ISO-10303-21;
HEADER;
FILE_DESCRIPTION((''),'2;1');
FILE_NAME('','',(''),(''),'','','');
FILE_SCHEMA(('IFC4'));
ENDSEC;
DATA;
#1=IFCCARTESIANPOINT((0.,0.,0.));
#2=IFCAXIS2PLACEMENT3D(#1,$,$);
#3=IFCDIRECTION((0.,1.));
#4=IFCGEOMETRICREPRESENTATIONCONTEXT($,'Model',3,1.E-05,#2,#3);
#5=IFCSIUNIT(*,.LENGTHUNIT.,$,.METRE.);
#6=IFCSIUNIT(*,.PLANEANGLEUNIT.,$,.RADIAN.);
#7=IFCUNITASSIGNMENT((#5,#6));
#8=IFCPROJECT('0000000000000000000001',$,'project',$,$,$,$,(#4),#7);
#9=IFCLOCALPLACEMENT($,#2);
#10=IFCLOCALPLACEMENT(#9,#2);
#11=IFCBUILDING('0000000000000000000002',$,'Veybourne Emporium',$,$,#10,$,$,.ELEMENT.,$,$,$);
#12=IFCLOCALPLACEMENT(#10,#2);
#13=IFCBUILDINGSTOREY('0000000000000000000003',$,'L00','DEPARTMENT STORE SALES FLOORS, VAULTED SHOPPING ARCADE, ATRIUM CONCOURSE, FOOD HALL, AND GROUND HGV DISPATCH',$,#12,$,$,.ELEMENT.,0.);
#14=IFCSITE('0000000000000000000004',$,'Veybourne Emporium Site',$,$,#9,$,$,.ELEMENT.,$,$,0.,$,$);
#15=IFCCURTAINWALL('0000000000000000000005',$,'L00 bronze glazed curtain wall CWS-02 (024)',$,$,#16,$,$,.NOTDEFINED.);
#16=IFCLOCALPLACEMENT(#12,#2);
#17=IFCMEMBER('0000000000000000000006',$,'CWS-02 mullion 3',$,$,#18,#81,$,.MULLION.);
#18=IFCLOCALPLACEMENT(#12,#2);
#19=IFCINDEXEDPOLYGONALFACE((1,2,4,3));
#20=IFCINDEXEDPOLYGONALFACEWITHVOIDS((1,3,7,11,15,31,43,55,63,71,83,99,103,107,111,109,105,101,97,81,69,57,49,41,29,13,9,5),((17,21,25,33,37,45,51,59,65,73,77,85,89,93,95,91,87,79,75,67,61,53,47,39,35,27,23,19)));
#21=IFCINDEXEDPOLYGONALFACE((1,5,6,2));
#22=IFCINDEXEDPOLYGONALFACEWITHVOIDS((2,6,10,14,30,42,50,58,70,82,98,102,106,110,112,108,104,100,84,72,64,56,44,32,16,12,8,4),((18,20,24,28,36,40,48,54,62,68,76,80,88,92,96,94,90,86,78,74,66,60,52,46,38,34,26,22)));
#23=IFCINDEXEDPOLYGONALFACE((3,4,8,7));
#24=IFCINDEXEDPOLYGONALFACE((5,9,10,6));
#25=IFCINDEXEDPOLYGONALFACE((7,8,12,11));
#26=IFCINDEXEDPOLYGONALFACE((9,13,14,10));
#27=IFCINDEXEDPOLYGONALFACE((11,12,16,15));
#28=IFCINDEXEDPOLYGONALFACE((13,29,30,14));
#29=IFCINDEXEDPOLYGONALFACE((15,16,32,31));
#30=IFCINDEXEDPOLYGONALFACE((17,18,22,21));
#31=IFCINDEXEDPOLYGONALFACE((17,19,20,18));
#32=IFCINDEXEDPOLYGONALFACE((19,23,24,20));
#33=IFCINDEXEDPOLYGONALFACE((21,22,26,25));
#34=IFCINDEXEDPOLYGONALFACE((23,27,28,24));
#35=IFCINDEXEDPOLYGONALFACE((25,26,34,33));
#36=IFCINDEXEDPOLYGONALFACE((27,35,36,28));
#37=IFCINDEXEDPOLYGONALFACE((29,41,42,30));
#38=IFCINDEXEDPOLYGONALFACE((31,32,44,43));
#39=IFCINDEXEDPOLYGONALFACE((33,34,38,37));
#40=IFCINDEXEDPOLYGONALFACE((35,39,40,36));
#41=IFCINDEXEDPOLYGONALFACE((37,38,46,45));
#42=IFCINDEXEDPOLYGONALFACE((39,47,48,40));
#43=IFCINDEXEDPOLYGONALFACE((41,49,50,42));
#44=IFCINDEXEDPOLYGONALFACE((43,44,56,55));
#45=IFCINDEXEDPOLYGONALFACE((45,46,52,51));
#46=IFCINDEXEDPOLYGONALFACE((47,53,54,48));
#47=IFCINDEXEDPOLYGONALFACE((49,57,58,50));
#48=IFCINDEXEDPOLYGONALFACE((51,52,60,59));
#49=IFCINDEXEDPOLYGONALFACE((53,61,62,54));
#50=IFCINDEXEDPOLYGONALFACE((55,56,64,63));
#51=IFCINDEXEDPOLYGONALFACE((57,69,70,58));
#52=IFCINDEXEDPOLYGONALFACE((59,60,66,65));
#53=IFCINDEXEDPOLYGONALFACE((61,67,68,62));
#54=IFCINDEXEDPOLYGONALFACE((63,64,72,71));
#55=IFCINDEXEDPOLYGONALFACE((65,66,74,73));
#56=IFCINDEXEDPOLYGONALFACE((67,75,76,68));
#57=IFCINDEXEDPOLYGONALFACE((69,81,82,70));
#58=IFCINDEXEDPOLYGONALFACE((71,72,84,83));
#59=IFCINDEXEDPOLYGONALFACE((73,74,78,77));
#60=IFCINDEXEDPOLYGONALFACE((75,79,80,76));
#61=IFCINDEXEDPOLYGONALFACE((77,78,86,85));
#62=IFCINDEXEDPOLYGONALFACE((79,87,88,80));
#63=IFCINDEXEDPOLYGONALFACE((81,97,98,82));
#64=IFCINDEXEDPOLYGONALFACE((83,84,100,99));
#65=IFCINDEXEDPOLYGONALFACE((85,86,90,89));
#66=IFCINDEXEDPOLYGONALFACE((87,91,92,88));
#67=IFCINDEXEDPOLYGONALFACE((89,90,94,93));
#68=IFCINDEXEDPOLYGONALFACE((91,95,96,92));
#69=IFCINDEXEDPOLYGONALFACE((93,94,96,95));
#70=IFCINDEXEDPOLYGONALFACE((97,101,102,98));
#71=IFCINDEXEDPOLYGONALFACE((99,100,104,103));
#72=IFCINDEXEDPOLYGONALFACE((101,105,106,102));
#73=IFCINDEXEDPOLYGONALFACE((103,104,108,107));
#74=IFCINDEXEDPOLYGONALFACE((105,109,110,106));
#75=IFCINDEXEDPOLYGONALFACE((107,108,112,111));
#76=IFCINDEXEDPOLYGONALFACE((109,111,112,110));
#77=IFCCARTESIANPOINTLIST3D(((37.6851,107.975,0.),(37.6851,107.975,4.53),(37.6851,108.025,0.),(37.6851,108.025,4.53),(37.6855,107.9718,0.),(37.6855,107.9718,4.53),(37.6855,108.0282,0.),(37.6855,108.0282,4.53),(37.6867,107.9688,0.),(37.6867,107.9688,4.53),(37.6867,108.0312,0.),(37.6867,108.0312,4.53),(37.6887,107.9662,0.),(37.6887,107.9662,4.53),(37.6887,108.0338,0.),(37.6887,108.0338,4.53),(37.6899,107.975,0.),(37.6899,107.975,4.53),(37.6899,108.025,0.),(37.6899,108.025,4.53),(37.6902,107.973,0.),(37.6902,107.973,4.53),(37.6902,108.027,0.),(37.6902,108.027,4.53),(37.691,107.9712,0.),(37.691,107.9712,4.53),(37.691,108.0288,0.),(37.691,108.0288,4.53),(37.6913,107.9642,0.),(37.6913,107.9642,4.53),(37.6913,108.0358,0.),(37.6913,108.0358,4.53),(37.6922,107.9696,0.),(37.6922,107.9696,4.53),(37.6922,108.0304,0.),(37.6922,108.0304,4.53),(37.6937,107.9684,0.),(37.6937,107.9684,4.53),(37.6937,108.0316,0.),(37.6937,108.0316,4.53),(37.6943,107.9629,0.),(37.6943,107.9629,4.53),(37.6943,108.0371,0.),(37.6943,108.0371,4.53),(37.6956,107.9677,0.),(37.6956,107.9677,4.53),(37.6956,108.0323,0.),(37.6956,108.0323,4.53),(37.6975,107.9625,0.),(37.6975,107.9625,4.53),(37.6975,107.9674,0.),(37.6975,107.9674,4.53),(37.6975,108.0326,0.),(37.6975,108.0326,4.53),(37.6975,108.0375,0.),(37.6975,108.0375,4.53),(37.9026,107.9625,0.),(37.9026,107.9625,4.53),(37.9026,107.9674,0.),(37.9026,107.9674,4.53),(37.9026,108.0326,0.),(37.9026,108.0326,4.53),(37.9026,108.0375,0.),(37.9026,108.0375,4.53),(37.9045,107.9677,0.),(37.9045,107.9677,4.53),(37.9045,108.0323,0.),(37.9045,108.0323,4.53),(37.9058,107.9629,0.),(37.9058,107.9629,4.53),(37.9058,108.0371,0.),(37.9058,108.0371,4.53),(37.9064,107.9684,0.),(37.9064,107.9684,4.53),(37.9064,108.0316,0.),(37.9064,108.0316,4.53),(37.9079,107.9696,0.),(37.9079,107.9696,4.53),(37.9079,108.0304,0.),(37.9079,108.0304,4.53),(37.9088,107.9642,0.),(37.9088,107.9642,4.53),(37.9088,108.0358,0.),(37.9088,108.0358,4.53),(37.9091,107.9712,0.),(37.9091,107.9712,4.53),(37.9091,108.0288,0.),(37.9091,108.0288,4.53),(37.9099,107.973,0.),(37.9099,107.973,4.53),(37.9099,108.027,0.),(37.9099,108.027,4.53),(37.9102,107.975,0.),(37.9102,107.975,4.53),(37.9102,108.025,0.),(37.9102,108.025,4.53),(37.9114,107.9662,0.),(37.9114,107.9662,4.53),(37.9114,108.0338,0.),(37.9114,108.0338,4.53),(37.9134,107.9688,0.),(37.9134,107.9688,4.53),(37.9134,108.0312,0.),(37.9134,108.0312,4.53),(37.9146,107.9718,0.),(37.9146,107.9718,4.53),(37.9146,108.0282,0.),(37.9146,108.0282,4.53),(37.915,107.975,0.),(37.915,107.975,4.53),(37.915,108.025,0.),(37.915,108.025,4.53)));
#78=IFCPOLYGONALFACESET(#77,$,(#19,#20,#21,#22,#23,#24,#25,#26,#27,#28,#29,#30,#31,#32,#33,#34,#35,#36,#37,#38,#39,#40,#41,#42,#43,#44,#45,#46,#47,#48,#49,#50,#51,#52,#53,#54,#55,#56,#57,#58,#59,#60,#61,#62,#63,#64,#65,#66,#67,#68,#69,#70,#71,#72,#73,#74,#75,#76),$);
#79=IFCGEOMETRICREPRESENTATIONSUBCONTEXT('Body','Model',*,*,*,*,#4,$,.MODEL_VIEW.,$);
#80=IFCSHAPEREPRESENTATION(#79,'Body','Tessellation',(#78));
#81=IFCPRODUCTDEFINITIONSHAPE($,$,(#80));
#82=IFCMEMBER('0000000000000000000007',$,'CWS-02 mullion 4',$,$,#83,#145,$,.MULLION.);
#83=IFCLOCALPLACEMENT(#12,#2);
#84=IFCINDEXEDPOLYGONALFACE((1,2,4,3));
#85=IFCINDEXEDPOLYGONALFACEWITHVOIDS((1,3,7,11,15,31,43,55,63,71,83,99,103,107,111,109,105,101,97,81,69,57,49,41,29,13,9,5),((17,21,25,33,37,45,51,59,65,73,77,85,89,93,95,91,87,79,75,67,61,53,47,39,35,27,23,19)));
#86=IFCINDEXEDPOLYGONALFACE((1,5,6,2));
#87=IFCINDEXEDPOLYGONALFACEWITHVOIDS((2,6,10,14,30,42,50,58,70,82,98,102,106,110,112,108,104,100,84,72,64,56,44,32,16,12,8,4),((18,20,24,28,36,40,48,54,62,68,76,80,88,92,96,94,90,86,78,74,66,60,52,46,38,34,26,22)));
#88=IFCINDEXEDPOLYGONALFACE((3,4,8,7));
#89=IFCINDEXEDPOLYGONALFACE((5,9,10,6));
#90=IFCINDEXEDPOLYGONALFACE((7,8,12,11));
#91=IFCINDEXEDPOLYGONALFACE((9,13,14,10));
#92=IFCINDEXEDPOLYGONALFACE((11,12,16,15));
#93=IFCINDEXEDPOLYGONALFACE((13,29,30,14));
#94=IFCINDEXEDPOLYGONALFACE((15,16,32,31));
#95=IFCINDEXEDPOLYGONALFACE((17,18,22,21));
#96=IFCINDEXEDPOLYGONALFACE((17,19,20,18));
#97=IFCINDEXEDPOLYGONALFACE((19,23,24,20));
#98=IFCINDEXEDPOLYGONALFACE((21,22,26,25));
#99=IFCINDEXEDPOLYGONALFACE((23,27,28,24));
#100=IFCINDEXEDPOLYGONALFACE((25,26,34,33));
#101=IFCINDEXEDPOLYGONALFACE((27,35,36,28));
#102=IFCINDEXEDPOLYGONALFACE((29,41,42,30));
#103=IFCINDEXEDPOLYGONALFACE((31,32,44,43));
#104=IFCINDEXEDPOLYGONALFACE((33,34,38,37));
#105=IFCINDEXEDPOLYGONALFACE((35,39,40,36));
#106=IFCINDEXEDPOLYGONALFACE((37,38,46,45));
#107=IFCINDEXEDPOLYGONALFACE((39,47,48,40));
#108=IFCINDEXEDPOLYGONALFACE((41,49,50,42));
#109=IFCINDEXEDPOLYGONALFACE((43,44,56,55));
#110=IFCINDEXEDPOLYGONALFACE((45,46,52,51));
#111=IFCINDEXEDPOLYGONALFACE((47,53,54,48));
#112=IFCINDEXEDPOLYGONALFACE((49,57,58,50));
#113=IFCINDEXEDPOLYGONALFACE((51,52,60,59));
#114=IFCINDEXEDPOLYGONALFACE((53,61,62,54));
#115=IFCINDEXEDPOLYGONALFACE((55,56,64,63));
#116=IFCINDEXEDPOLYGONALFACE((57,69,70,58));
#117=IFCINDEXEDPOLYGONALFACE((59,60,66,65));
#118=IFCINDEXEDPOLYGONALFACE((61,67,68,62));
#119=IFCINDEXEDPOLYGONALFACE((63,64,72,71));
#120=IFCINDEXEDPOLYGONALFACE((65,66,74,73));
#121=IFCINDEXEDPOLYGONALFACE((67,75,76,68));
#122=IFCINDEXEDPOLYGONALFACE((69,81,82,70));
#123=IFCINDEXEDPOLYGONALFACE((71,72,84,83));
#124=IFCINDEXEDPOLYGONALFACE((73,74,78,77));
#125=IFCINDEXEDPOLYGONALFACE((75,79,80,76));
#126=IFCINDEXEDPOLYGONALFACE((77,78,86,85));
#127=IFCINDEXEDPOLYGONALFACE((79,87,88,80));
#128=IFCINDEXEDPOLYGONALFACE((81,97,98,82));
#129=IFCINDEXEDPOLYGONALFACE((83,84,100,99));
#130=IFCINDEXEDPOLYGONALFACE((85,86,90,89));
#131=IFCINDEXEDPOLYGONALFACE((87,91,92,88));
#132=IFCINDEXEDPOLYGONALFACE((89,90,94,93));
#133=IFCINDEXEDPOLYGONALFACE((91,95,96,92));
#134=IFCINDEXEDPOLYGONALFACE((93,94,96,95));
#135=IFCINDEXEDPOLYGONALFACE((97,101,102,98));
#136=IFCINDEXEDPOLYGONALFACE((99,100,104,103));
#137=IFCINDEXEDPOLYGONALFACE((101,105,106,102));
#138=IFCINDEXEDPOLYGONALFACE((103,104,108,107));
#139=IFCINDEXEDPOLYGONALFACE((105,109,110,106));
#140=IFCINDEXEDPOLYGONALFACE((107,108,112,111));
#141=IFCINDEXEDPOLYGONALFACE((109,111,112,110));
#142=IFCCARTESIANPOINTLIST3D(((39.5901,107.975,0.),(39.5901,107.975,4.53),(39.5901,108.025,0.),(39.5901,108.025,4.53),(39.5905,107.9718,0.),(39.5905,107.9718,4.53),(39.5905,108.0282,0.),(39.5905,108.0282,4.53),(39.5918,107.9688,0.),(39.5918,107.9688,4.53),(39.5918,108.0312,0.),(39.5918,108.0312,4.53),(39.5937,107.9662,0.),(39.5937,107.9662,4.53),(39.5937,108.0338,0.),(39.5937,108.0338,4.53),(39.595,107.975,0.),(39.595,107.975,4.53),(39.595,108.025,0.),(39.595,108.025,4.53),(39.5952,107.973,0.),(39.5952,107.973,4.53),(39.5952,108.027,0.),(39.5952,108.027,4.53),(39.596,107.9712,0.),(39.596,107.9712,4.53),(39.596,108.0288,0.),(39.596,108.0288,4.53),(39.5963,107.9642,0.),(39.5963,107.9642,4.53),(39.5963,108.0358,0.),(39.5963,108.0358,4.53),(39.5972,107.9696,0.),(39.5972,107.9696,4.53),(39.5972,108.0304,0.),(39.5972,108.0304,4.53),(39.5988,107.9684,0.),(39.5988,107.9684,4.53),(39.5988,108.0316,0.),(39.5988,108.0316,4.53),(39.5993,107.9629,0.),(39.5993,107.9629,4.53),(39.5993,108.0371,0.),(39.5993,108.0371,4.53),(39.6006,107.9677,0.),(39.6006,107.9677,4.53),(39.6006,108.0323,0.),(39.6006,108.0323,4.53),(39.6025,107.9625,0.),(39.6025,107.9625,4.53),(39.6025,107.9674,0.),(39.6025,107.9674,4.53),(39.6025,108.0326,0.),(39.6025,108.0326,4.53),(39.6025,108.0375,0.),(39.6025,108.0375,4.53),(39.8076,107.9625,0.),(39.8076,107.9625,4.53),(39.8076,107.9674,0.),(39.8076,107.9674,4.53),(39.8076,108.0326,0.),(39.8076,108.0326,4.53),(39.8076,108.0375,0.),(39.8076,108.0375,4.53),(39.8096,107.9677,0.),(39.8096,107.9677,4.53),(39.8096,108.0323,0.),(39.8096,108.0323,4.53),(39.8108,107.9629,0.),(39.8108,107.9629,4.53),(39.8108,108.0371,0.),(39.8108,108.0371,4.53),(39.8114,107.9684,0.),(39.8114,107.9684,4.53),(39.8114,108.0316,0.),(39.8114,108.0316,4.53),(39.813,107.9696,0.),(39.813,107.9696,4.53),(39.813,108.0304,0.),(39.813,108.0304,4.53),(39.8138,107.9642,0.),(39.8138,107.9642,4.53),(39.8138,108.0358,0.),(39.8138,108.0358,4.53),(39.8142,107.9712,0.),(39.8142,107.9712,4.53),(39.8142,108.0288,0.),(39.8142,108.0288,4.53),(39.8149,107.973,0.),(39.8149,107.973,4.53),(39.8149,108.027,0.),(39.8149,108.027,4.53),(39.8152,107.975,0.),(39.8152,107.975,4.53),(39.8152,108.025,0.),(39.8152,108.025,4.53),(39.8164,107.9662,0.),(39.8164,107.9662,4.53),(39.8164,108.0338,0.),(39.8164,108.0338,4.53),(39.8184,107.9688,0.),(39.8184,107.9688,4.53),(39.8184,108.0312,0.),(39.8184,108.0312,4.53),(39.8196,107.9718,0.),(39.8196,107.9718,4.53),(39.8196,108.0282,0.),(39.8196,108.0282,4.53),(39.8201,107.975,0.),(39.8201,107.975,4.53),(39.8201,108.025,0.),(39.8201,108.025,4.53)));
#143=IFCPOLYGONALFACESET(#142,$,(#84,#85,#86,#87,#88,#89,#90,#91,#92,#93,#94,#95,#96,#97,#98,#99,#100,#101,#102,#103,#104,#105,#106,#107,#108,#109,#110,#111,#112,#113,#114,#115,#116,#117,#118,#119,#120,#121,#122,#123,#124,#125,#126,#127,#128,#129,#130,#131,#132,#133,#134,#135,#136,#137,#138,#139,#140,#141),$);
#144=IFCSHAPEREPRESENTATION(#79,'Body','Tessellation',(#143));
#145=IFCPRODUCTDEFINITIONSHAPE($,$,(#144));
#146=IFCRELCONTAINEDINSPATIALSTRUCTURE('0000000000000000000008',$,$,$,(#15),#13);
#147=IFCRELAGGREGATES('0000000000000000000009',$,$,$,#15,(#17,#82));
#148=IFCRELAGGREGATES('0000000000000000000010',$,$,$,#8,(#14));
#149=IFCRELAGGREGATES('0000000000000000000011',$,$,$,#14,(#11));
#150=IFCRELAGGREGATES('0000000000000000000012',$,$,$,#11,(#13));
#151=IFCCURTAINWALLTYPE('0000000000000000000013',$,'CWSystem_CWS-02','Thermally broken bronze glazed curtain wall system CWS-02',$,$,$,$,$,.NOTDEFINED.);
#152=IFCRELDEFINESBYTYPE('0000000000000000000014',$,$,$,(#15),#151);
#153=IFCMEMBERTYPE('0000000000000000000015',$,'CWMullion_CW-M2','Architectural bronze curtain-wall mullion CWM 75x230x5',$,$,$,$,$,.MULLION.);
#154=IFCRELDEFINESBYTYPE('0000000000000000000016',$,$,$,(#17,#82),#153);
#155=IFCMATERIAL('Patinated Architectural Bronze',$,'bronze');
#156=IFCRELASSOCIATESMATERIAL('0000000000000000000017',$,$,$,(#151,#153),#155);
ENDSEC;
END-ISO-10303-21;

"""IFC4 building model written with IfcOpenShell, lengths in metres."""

from ifc_helpers import new_model, si_unit, direction, frame, origin, origin_2d, place, context, subcontext, project, spatial, hollow_rectangle, extrude, material, material_profile, profile_set, type_object, element, aggregate, save


model = new_model("IFC4")

# Units and contexts
model_context = context("Model", 3, precision=1e-05, world=origin(), true_north=direction((0.0, 1.0)))
body_context = subcontext(model_context, "Body", "Model", "MODEL_VIEW")
ifc_project = project(units=[si_unit("LENGTHUNIT", "METRE"), si_unit("PLANEANGLEUNIT", "RADIAN")], contexts=[model_context])

# Site, building, storey
site_placement = place(None, origin())
site = spatial("IfcSite", under=ifc_project, at=site_placement, Name="Veybourne Emporium Site", CompositionType="ELEMENT", RefElevation=0.0)
building_placement = place(site_placement, origin())
building = spatial("IfcBuilding", under=site, at=building_placement, Name="Veybourne Emporium", CompositionType="ELEMENT")
storey_placement = place(building_placement, origin())
storey = spatial("IfcBuildingStorey", under=building, at=storey_placement, Name="L00", Description="DEPARTMENT STORE SALES FLOORS, VAULTED SHOPPING ARCADE, ATRIUM CONCOURSE, FOOD HALL, AND GROUND HGV DISPATCH", CompositionType="ELEMENT", Elevation=0.0)

# Curtain wall, members
ifc_material_1 = material(Name="Patinated Architectural Bronze", Category="bronze")
curtain_wall_type = type_object("IfcCurtainWallType", Name="CWSystem_CWS-02", Description="Thermally broken bronze glazed curtain wall system CWS-02", PredefinedType="NOTDEFINED", material=ifc_material_1)
curtain_wall_placement = place(storey_placement, origin())
curtain_wall = element("IfcCurtainWall", 1, at=curtain_wall_placement, inside=storey, type_object=curtain_wall_type, Name="L00 bronze glazed curtain wall CWS-02 (024)", PredefinedType="NOTDEFINED")
ifc_material_profile_1 = material_profile(ifc_material_1, hollow_rectangle(XDim=0.075, YDim=0.23, WallThickness=0.0049, InnerFilletRadius=0.0076, OuterFilletRadius=0.0125, at=origin_2d()), Name="CWM 75x230x5")
ifc_profile_set_1 = profile_set([ifc_material_profile_1], Name="Patinated Architectural Bronze")
member_type_1 = type_object("IfcMemberType", Name="CWMullion_CW-M2", Description="Architectural bronze curtain-wall mullion CWM 75x230x5", PredefinedType="MULLION", material=ifc_profile_set_1)
member_1_placement = place(storey_placement, frame((37.8, 108.0, 0.0), z_axis=(0.0, 0.0, 1.0), x_axis=(0.0, 1.0, 0.0)))
member_1 = element("IfcMember", 2, at=member_1_placement, type_object=member_type_1, Name="CWS-02 mullion 3", PredefinedType="MULLION", context=body_context, shape_type="SweptSolid", body=[
    extrude(hollow_rectangle(XDim=0.075, YDim=0.23, WallThickness=0.0049, InnerFilletRadius=0.0076, OuterFilletRadius=0.0125, at=origin_2d()), origin(), (0.0, 0.0, 1.0), 4.53),
])
member_2_placement = place(storey_placement, frame((39.7051, 108.0, 0.0), z_axis=(0.0, 0.0, 1.0), x_axis=(0.0, 1.0, 0.0)))
member_2 = element("IfcMember", 3, at=member_2_placement, type_object=member_type_1, Name="CWS-02 mullion 4", PredefinedType="MULLION", context=body_context, shape_type="SweptSolid", body=[
    extrude(hollow_rectangle(XDim=0.075, YDim=0.23, WallThickness=0.0049, InnerFilletRadius=0.0076, OuterFilletRadius=0.0125, at=origin_2d()), origin(), (0.0, 0.0, 1.0), 4.53),
])

aggregate(curtain_wall, [member_1, member_2])

save(model, "model.ifc")
